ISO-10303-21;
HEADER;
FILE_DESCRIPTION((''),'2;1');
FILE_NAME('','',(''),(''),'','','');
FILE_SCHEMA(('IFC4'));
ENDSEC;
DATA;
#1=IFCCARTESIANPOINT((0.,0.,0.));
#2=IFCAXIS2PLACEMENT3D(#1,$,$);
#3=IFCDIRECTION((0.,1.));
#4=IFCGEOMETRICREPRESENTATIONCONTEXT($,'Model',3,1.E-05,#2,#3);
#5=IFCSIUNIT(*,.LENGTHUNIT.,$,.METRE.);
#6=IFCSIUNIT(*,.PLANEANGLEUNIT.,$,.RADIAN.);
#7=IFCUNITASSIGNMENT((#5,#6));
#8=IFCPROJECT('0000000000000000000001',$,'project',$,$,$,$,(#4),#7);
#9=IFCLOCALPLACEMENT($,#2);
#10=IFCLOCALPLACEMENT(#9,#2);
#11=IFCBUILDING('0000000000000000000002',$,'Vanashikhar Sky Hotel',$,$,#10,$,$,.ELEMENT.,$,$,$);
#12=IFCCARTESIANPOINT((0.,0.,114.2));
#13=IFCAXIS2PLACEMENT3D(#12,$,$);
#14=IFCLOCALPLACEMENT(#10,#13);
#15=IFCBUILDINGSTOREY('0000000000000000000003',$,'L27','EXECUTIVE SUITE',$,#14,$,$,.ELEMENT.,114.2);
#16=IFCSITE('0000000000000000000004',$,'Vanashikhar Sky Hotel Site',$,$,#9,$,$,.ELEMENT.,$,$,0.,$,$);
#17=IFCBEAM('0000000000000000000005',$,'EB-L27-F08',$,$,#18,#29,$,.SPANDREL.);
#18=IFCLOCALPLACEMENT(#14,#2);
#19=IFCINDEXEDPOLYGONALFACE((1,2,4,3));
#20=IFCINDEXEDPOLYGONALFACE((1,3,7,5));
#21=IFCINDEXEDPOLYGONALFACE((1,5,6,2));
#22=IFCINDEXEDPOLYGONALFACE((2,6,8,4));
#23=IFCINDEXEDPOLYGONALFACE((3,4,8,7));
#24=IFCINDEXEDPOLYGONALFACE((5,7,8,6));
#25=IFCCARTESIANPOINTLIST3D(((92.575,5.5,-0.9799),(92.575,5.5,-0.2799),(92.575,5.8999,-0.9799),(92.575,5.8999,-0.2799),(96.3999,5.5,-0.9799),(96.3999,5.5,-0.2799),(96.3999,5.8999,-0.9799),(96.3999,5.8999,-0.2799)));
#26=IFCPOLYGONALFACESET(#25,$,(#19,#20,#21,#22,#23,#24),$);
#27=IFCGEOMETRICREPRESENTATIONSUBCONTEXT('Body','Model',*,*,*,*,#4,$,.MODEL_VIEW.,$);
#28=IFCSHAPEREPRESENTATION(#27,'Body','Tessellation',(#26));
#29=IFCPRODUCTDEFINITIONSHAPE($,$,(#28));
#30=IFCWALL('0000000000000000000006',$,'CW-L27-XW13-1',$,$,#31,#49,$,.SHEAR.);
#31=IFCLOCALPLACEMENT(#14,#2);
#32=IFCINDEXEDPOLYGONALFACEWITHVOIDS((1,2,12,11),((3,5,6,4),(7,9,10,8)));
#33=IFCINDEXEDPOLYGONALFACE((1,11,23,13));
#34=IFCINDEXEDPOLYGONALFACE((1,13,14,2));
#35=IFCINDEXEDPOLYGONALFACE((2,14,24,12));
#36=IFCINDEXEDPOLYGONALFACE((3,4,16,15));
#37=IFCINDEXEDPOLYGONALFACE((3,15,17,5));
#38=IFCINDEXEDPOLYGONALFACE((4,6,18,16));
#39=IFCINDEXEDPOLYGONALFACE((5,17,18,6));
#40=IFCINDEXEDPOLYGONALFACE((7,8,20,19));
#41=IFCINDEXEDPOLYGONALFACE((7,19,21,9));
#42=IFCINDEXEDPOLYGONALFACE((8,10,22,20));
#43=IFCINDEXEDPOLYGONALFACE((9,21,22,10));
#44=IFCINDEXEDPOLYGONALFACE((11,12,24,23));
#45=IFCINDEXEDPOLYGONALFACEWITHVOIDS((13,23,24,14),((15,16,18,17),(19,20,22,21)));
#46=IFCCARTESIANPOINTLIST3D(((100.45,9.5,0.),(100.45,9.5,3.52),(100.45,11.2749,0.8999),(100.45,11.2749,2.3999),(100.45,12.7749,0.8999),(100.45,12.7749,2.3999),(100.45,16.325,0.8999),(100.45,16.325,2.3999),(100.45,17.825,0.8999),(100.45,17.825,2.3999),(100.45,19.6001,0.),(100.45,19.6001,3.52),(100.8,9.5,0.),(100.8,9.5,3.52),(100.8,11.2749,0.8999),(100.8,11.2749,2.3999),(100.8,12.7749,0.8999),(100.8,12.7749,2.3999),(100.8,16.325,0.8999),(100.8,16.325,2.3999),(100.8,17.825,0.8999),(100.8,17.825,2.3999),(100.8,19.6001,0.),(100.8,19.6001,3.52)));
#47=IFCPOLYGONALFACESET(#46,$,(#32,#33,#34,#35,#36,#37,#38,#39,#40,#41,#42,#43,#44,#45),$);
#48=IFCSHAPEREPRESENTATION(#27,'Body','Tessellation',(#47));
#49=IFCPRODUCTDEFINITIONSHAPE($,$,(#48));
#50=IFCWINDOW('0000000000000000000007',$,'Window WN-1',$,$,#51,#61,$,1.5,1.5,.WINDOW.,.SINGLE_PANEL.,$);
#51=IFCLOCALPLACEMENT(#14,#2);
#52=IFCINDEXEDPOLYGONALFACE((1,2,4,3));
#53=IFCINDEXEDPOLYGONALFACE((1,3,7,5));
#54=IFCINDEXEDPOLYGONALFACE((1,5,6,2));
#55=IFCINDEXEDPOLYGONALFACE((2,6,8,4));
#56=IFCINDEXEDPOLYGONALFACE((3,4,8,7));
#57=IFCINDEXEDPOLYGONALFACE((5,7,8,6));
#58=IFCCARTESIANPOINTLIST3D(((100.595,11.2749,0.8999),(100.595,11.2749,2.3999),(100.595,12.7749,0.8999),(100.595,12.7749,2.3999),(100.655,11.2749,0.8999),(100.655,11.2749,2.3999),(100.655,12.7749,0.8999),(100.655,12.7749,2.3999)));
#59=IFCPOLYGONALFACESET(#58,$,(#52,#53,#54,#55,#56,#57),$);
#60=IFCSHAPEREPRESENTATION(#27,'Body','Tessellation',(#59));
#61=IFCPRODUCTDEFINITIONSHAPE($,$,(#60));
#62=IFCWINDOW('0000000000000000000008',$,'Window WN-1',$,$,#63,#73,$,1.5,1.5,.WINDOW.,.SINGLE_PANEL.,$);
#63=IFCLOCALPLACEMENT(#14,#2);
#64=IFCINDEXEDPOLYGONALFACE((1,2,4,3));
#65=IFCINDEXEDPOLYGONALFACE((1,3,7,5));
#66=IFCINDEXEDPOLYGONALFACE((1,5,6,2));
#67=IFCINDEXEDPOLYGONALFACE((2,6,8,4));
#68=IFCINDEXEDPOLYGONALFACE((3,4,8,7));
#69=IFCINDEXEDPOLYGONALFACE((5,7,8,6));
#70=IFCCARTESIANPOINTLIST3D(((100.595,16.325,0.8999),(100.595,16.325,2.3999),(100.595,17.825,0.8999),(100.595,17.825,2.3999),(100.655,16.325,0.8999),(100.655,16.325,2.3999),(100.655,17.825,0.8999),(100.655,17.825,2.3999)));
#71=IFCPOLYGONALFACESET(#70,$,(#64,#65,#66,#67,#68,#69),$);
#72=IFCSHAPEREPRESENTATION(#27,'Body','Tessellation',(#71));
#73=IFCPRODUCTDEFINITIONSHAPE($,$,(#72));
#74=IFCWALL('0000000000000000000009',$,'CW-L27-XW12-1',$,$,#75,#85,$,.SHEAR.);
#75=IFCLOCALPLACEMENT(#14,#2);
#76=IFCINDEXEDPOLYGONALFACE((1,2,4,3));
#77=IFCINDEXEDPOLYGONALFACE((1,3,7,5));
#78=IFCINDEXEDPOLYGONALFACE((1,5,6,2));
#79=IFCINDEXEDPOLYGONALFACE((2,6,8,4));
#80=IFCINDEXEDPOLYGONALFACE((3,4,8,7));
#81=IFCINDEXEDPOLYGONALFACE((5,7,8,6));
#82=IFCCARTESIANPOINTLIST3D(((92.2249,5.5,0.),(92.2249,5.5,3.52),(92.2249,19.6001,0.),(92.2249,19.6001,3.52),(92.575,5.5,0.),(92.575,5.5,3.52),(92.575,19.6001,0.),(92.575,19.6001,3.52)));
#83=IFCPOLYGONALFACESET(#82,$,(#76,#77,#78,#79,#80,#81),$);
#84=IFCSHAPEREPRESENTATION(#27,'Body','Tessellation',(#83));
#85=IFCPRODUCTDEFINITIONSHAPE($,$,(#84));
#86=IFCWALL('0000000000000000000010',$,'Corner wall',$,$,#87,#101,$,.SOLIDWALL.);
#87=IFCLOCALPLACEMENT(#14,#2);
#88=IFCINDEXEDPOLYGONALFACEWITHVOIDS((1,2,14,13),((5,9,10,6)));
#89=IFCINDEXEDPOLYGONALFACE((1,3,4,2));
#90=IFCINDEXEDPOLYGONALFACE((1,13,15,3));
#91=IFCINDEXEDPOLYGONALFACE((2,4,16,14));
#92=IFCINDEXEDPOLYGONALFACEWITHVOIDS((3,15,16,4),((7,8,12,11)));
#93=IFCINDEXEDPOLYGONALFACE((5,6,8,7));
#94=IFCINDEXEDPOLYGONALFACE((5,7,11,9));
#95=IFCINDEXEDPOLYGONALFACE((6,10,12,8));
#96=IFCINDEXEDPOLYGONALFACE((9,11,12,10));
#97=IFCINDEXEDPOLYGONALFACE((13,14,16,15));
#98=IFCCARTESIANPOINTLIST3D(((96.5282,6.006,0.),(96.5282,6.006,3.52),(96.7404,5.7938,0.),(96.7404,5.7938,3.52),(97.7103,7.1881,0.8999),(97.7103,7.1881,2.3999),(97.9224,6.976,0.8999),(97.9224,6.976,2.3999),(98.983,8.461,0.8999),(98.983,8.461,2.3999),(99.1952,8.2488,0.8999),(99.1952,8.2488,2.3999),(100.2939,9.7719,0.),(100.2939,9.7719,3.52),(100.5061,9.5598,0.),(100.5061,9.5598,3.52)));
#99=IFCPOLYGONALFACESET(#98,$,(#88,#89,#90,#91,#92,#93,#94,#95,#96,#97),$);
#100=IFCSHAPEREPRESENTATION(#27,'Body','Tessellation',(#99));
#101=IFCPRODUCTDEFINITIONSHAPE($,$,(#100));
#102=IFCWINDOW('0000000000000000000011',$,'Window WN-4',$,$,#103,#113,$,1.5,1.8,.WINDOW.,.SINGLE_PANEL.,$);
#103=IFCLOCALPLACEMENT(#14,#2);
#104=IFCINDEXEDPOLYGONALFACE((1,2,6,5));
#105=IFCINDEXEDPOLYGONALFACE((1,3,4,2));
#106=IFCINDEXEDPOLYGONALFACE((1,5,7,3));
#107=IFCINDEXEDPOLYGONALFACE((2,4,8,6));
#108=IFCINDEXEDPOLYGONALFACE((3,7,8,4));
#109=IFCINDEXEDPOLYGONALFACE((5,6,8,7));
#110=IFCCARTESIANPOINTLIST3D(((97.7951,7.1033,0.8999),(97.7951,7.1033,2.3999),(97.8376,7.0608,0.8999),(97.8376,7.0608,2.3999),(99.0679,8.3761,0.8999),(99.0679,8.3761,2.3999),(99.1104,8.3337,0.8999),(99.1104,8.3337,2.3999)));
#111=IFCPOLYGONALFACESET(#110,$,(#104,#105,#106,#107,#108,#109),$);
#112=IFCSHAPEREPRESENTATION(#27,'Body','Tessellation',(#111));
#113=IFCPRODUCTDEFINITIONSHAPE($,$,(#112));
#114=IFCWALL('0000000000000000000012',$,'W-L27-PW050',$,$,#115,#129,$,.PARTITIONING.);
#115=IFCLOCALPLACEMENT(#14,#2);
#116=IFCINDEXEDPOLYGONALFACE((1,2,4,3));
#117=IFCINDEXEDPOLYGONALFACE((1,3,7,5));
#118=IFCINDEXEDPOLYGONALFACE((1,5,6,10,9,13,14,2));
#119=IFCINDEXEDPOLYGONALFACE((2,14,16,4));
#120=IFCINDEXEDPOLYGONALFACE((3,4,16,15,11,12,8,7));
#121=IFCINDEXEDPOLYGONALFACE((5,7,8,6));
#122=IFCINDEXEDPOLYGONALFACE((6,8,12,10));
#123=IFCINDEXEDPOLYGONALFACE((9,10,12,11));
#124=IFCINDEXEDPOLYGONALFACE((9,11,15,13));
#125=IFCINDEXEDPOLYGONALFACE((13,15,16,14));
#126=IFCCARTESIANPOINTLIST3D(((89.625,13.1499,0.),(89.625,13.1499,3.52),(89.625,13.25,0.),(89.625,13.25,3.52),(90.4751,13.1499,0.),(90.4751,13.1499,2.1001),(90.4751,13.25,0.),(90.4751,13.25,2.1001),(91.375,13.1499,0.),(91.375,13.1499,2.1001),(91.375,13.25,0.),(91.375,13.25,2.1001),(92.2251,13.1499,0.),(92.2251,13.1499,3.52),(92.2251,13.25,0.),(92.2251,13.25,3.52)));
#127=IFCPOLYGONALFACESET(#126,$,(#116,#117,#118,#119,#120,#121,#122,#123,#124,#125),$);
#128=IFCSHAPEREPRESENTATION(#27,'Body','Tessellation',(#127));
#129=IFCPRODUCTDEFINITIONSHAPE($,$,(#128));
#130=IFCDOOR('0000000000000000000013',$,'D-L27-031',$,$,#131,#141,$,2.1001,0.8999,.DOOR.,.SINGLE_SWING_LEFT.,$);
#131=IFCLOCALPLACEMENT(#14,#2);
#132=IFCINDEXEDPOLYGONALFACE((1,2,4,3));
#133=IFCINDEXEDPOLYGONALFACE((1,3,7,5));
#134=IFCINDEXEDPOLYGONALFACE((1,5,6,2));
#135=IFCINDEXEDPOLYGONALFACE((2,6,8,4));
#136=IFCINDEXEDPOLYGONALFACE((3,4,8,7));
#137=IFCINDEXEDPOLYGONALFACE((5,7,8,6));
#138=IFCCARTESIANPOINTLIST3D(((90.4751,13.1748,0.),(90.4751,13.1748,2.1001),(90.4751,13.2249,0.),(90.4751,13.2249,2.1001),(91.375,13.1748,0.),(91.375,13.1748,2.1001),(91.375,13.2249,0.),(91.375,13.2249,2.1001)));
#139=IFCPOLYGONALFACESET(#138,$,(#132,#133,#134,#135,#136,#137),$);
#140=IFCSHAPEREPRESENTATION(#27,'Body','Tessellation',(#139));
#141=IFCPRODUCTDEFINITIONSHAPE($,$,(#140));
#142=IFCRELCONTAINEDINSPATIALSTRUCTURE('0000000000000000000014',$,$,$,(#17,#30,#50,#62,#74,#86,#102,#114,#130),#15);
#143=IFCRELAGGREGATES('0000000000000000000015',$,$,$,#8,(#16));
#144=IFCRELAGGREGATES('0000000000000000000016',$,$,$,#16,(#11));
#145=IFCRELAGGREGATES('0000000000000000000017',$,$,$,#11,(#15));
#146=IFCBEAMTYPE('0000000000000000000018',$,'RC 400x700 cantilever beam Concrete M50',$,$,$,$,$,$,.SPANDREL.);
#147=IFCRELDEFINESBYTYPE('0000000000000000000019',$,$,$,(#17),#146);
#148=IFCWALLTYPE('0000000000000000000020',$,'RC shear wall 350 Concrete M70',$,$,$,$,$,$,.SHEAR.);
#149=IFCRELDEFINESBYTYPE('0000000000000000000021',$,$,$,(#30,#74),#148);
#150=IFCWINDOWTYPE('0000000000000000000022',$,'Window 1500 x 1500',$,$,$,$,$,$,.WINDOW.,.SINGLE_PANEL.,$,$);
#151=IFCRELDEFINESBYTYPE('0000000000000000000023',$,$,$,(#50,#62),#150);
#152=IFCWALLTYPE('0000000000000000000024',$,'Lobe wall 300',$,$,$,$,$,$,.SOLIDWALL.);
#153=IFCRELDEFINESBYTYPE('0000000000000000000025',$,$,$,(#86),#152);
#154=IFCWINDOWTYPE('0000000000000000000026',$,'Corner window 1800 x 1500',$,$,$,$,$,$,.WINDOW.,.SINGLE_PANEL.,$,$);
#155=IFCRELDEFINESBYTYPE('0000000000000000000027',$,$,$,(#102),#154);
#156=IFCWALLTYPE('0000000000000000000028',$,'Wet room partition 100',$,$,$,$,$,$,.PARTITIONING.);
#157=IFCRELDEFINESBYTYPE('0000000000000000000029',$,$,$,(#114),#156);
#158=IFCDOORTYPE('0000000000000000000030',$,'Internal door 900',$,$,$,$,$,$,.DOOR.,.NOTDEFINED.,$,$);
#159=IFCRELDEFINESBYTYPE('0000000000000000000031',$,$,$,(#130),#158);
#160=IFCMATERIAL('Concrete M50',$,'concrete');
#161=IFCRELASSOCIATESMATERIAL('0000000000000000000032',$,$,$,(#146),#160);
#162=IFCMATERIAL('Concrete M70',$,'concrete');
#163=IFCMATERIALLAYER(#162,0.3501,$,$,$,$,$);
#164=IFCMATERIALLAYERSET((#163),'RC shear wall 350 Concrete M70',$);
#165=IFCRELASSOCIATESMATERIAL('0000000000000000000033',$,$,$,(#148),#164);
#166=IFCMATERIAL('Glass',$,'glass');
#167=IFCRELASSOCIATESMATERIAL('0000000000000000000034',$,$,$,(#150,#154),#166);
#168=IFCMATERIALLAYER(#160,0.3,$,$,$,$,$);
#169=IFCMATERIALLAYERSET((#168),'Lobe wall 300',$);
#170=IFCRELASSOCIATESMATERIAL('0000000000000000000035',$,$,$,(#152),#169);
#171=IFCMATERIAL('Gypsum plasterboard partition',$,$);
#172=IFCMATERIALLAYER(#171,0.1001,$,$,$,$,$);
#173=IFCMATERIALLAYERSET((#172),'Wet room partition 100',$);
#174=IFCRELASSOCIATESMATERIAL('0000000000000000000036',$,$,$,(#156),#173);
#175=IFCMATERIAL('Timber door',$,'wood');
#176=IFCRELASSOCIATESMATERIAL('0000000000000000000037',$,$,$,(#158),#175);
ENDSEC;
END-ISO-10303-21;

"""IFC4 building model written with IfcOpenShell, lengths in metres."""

from ifc_helpers import new_model, si_unit, direction, frame, frame_2d, origin, origin_2d, place, context, subcontext, project, spatial, rectangle, extrude, source, transform, mapped, material, layer, layer_set, material_profile, profile_set, type_object, element, fill, save


model = new_model("IFC4")

# Units and contexts
model_context = context("Model", 3, precision=1e-05, world=origin(), true_north=direction((0.0, 1.0)))
body_context = subcontext(model_context, "Body", "Model", "MODEL_VIEW")
ifc_project = project(units=[si_unit("LENGTHUNIT", "METRE"), si_unit("PLANEANGLEUNIT", "RADIAN")], contexts=[model_context])

# Site, building, storey
site_placement = place(None, origin())
site = spatial("IfcSite", under=ifc_project, at=site_placement, Name="Vanashikhar Sky Hotel Site", CompositionType="ELEMENT", RefElevation=0.0)
building_placement = place(site_placement, origin())
building = spatial("IfcBuilding", under=site, at=building_placement, Name="Vanashikhar Sky Hotel", CompositionType="ELEMENT")
storey_placement = place(building_placement, frame((0.0, 0.0, 114.2)))
storey = spatial("IfcBuildingStorey", under=building, at=storey_placement, Name="L27", Description="EXECUTIVE SUITE", CompositionType="ELEMENT", Elevation=114.2)

# Beam
ifc_material_1 = material(Name="Concrete M50", Category="concrete")
ifc_material_profile = material_profile(ifc_material_1, rectangle(XDim=0.3999, YDim=0.7, at=origin_2d()))
ifc_profile_set = profile_set([ifc_material_profile], Name="RC 400x700 cantilever beam Concrete M50")
beam_type = type_object("IfcBeamType", Name="RC 400x700 cantilever beam Concrete M50", PredefinedType="SPANDREL", material=ifc_profile_set)
shared_shape_1 = source(origin(), body_context, "Body", "SweptSolid", [
    extrude(rectangle(XDim=0.3999, YDim=0.7, at=origin_2d()), origin(), (0.0, 0.0, 1.0), 3.825),
])
beam_placement = place(storey_placement, frame((92.575, 5.7, -0.6299), z_axis=(1.0, 0.0, 0.0), x_axis=(0.0, 1.0, 0.0)))
element("IfcBeam", 1, at=beam_placement, inside=storey, type_object=beam_type, Name="EB-L27-F08", PredefinedType="SPANDREL", context=body_context, shape_type="MappedRepresentation", body=[
    mapped(shared_shape_1, transform((0.0, 0.0, 0.0), scale=1.0)),
])

# Wall, openings, windows
ifc_material_2 = material(Name="Concrete M70", Category="concrete")
ifc_layer_1 = layer(ifc_material_2, 0.3501)
ifc_layer_set_1 = layer_set([ifc_layer_1], Name="RC shear wall 350 Concrete M70")
wall_type_1 = type_object("IfcWallType", Name="RC shear wall 350 Concrete M70", PredefinedType="SHEAR", material=ifc_layer_set_1)
shared_shape_2 = source(origin(), body_context, "Body", "SweptSolid", [
    extrude(rectangle(XDim=10.1001, YDim=0.3501, at=frame_2d((5.05, 0.0))), origin(), (0.0, 0.0, 1.0), 3.52),
])
wall_1_placement = place(storey_placement, frame((100.625, 9.5, 0.0), z_axis=(0.0, 0.0, 1.0), x_axis=(0.0, 1.0, 0.0)))
wall_1 = element("IfcWall", 2, at=wall_1_placement, inside=storey, type_object=wall_type_1, Name="CW-L27-XW13-1", PredefinedType="SHEAR", context=body_context, shape_type="MappedRepresentation", body=[
    mapped(shared_shape_2, transform((0.0, 0.0, 0.0), scale=1.0)),
])
shared_shape_3 = source(origin(), body_context, "Body", "SweptSolid", [
    extrude(rectangle(XDim=1.5, YDim=1.5, at=frame_2d((0.75, 0.75))), frame((0.0, 0.1851, 0.0), z_axis=(0.0, -1.0, 0.0), x_axis=(1.0, 0.0, 0.0)), (0.0, 0.0, 1.0), 0.3701),
])
opening_1_placement = place(wall_1_placement, frame((1.7749, 0.0, 0.8999)))
opening_1 = element("IfcOpeningElement", 3, at=opening_1_placement, cuts=wall_1, PredefinedType="OPENING", context=body_context, shape_type="MappedRepresentation", body=[
    mapped(shared_shape_3, transform((0.0, 0.0, 0.0), scale=1.0)),
])
opening_2_placement = place(wall_1_placement, frame((6.825, 0.0, 0.8999)))
opening_2 = element("IfcOpeningElement", 4, at=opening_2_placement, cuts=wall_1, PredefinedType="OPENING", context=body_context, shape_type="MappedRepresentation", body=[
    mapped(shared_shape_3, transform((0.0, 0.0, 0.0), scale=1.0)),
])
ifc_material_3 = material(Name="Glass", Category="glass")
window_type_1 = type_object("IfcWindowType", Name="Window 1500 x 1500", PartitioningType="SINGLE_PANEL", PredefinedType="WINDOW", material=ifc_material_3)
shared_shape_4 = source(origin(), body_context, "Body", "SweptSolid", [
    extrude(rectangle(XDim=1.5, YDim=1.5, at=frame_2d((0.75, 0.75))), frame((0.0, 0.03, 0.0), z_axis=(0.0, -1.0, 0.0), x_axis=(1.0, 0.0, 0.0)), (0.0, 0.0, 1.0), 0.0601),
])
window_1_placement = place(opening_1_placement, origin())
window_1 = element("IfcWindow", 5, at=window_1_placement, inside=storey, type_object=window_type_1, Name="Window WN-1", OverallHeight=1.5, OverallWidth=1.5, PartitioningType="SINGLE_PANEL", PredefinedType="WINDOW", context=body_context, shape_type="MappedRepresentation", body=[
    mapped(shared_shape_4, transform((0.0, 0.0, 0.0), scale=1.0)),
])
fill(opening_1, window_1)
window_2_placement = place(opening_2_placement, origin())
window_2 = element("IfcWindow", 6, at=window_2_placement, inside=storey, type_object=window_type_1, Name="Window WN-1", OverallHeight=1.5, OverallWidth=1.5, PartitioningType="SINGLE_PANEL", PredefinedType="WINDOW", context=body_context, shape_type="MappedRepresentation", body=[
    mapped(shared_shape_4, transform((0.0, 0.0, 0.0), scale=1.0)),
])
fill(opening_2, window_2)

# Wall
shared_shape_5 = source(origin(), body_context, "Body", "SweptSolid", [
    extrude(rectangle(XDim=14.1001, YDim=0.3501, at=frame_2d((7.05, 0.0))), origin(), (0.0, 0.0, 1.0), 3.52),
])
wall_2_placement = place(storey_placement, frame((92.3999, 5.5, 0.0), z_axis=(0.0, 0.0, 1.0), x_axis=(0.0, 1.0, 0.0)))
element("IfcWall", 7, at=wall_2_placement, inside=storey, type_object=wall_type_1, Name="CW-L27-XW12-1", PredefinedType="SHEAR", context=body_context, shape_type="MappedRepresentation", body=[
    mapped(shared_shape_5, transform((0.0, 0.0, 0.0), scale=1.0)),
])

# Wall, opening, window
ifc_layer_2 = layer(ifc_material_1, 0.3)
ifc_layer_set_2 = layer_set([ifc_layer_2], Name="Lobe wall 300")
wall_type_2 = type_object("IfcWallType", Name="Lobe wall 300", PredefinedType="SOLIDWALL", material=ifc_layer_set_2)
shared_shape_6 = source(origin(), body_context, "Body", "SweptSolid", [
    extrude(rectangle(XDim=5.3257, YDim=0.3, at=frame_2d((2.6628, 0.0))), origin(), (0.0, 0.0, 1.0), 3.52),
])
wall_3_placement = place(storey_placement, frame((96.6343, 5.8999, 0.0), z_axis=(0.0, 0.0, 1.0), x_axis=(0.707084, 0.70713, 0.0)))
wall_3 = element("IfcWall", 8, at=wall_3_placement, inside=storey, type_object=wall_type_2, Name="Corner wall", PredefinedType="SOLIDWALL", context=body_context, shape_type="MappedRepresentation", body=[
    mapped(shared_shape_6, transform((0.0, 0.0, 0.0), scale=1.0)),
])
shared_shape_7 = source(origin(), body_context, "Body", "SweptSolid", [
    extrude(rectangle(XDim=1.8, YDim=1.5, at=frame_2d((0.8999, 0.75))), frame((0.0, 0.1602, 0.0), z_axis=(0.0, -1.0, 0.0), x_axis=(1.0, 0.0, 0.0)), (0.0, 0.0, 1.0), 0.3201),
])
opening_3_placement = place(wall_3_placement, frame((1.6719, 0.0, 0.8999)))
opening_3 = element("IfcOpeningElement", 9, at=opening_3_placement, cuts=wall_3, PredefinedType="OPENING", context=body_context, shape_type="MappedRepresentation", body=[
    mapped(shared_shape_7, transform((0.0, 0.0, 0.0), scale=1.0)),
])
window_type_2 = type_object("IfcWindowType", Name="Corner window 1800 x 1500", PartitioningType="SINGLE_PANEL", PredefinedType="WINDOW", material=ifc_material_3)
shared_shape_8 = source(origin(), body_context, "Body", "SweptSolid", [
    extrude(rectangle(XDim=1.8, YDim=1.5, at=frame_2d((0.8999, 0.75))), frame((0.0, 0.03, 0.0), z_axis=(0.0, -1.0, 0.0), x_axis=(1.0, 0.0, 0.0)), (0.0, 0.0, 1.0), 0.0601),
])
window_3_placement = place(opening_3_placement, origin())
window_3 = element("IfcWindow", 10, at=window_3_placement, inside=storey, type_object=window_type_2, Name="Window WN-4", OverallHeight=1.5, OverallWidth=1.8, PartitioningType="SINGLE_PANEL", PredefinedType="WINDOW", context=body_context, shape_type="MappedRepresentation", body=[
    mapped(shared_shape_8, transform((0.0, 0.0, 0.0), scale=1.0)),
])
fill(opening_3, window_3)

# Wall, opening, door
ifc_material_4 = material(Name="Gypsum plasterboard partition")
ifc_layer_3 = layer(ifc_material_4, 0.1001)
ifc_layer_set_3 = layer_set([ifc_layer_3], Name="Wet room partition 100")
wall_type_3 = type_object("IfcWallType", Name="Wet room partition 100", PredefinedType="PARTITIONING", material=ifc_layer_set_3)
shared_shape_9 = source(origin(), body_context, "Body", "SweptSolid", [
    extrude(rectangle(XDim=2.6001, YDim=0.1001, at=frame_2d((1.3, 0.0))), origin(), (0.0, 0.0, 1.0), 3.52),
])
wall_4_placement = place(storey_placement, frame((89.625, 13.2, 0.0), z_axis=(0.0, 0.0, 1.0), x_axis=(1.0, 0.0, 0.0)))
wall_4 = element("IfcWall", 11, at=wall_4_placement, inside=storey, type_object=wall_type_3, Name="W-L27-PW050", PredefinedType="PARTITIONING", context=body_context, shape_type="MappedRepresentation", body=[
    mapped(shared_shape_9, transform((0.0, 0.0, 0.0), scale=1.0)),
])
shared_shape_10 = source(origin(), body_context, "Body", "SweptSolid", [
    extrude(rectangle(XDim=0.8999, YDim=2.1001, at=frame_2d((0.45, 1.05))), frame((0.0, 0.0601, 0.0), z_axis=(0.0, -1.0, 0.0), x_axis=(1.0, 0.0, 0.0)), (0.0, 0.0, 1.0), 0.1201),
])
opening_4_placement = place(wall_4_placement, frame((0.8501, 0.0, 0.0)))
opening_4 = element("IfcOpeningElement", 12, at=opening_4_placement, cuts=wall_4, PredefinedType="OPENING", context=body_context, shape_type="MappedRepresentation", body=[
    mapped(shared_shape_10, transform((0.0, 0.0, 0.0), scale=1.0)),
])
ifc_material_5 = material(Name="Timber door", Category="wood")
door_type_1 = type_object("IfcDoorType", Name="Internal door 900", OperationType="NOTDEFINED", PredefinedType="DOOR", material=ifc_material_5)
shared_shape_11 = source(origin(), body_context, "Body", "SweptSolid", [
    extrude(rectangle(XDim=0.8999, YDim=2.1001, at=frame_2d((0.45, 1.05))), frame((0.0, 0.0249, 0.0), z_axis=(0.0, -1.0, 0.0), x_axis=(1.0, 0.0, 0.0)), (0.0, 0.0, 1.0), 0.05),
])
door_1_placement = place(opening_4_placement, origin())
door_1 = element("IfcDoor", 13, at=door_1_placement, inside=storey, type_object=door_type_1, Name="D-L27-031", OperationType="SINGLE_SWING_LEFT", OverallHeight=2.1001, OverallWidth=0.8999, PredefinedType="DOOR", context=body_context, shape_type="MappedRepresentation", body=[
    mapped(shared_shape_11, transform((0.0, 0.0, 0.0), scale=1.0)),
])
fill(opening_4, door_1)

save(model, "model.ifc")
